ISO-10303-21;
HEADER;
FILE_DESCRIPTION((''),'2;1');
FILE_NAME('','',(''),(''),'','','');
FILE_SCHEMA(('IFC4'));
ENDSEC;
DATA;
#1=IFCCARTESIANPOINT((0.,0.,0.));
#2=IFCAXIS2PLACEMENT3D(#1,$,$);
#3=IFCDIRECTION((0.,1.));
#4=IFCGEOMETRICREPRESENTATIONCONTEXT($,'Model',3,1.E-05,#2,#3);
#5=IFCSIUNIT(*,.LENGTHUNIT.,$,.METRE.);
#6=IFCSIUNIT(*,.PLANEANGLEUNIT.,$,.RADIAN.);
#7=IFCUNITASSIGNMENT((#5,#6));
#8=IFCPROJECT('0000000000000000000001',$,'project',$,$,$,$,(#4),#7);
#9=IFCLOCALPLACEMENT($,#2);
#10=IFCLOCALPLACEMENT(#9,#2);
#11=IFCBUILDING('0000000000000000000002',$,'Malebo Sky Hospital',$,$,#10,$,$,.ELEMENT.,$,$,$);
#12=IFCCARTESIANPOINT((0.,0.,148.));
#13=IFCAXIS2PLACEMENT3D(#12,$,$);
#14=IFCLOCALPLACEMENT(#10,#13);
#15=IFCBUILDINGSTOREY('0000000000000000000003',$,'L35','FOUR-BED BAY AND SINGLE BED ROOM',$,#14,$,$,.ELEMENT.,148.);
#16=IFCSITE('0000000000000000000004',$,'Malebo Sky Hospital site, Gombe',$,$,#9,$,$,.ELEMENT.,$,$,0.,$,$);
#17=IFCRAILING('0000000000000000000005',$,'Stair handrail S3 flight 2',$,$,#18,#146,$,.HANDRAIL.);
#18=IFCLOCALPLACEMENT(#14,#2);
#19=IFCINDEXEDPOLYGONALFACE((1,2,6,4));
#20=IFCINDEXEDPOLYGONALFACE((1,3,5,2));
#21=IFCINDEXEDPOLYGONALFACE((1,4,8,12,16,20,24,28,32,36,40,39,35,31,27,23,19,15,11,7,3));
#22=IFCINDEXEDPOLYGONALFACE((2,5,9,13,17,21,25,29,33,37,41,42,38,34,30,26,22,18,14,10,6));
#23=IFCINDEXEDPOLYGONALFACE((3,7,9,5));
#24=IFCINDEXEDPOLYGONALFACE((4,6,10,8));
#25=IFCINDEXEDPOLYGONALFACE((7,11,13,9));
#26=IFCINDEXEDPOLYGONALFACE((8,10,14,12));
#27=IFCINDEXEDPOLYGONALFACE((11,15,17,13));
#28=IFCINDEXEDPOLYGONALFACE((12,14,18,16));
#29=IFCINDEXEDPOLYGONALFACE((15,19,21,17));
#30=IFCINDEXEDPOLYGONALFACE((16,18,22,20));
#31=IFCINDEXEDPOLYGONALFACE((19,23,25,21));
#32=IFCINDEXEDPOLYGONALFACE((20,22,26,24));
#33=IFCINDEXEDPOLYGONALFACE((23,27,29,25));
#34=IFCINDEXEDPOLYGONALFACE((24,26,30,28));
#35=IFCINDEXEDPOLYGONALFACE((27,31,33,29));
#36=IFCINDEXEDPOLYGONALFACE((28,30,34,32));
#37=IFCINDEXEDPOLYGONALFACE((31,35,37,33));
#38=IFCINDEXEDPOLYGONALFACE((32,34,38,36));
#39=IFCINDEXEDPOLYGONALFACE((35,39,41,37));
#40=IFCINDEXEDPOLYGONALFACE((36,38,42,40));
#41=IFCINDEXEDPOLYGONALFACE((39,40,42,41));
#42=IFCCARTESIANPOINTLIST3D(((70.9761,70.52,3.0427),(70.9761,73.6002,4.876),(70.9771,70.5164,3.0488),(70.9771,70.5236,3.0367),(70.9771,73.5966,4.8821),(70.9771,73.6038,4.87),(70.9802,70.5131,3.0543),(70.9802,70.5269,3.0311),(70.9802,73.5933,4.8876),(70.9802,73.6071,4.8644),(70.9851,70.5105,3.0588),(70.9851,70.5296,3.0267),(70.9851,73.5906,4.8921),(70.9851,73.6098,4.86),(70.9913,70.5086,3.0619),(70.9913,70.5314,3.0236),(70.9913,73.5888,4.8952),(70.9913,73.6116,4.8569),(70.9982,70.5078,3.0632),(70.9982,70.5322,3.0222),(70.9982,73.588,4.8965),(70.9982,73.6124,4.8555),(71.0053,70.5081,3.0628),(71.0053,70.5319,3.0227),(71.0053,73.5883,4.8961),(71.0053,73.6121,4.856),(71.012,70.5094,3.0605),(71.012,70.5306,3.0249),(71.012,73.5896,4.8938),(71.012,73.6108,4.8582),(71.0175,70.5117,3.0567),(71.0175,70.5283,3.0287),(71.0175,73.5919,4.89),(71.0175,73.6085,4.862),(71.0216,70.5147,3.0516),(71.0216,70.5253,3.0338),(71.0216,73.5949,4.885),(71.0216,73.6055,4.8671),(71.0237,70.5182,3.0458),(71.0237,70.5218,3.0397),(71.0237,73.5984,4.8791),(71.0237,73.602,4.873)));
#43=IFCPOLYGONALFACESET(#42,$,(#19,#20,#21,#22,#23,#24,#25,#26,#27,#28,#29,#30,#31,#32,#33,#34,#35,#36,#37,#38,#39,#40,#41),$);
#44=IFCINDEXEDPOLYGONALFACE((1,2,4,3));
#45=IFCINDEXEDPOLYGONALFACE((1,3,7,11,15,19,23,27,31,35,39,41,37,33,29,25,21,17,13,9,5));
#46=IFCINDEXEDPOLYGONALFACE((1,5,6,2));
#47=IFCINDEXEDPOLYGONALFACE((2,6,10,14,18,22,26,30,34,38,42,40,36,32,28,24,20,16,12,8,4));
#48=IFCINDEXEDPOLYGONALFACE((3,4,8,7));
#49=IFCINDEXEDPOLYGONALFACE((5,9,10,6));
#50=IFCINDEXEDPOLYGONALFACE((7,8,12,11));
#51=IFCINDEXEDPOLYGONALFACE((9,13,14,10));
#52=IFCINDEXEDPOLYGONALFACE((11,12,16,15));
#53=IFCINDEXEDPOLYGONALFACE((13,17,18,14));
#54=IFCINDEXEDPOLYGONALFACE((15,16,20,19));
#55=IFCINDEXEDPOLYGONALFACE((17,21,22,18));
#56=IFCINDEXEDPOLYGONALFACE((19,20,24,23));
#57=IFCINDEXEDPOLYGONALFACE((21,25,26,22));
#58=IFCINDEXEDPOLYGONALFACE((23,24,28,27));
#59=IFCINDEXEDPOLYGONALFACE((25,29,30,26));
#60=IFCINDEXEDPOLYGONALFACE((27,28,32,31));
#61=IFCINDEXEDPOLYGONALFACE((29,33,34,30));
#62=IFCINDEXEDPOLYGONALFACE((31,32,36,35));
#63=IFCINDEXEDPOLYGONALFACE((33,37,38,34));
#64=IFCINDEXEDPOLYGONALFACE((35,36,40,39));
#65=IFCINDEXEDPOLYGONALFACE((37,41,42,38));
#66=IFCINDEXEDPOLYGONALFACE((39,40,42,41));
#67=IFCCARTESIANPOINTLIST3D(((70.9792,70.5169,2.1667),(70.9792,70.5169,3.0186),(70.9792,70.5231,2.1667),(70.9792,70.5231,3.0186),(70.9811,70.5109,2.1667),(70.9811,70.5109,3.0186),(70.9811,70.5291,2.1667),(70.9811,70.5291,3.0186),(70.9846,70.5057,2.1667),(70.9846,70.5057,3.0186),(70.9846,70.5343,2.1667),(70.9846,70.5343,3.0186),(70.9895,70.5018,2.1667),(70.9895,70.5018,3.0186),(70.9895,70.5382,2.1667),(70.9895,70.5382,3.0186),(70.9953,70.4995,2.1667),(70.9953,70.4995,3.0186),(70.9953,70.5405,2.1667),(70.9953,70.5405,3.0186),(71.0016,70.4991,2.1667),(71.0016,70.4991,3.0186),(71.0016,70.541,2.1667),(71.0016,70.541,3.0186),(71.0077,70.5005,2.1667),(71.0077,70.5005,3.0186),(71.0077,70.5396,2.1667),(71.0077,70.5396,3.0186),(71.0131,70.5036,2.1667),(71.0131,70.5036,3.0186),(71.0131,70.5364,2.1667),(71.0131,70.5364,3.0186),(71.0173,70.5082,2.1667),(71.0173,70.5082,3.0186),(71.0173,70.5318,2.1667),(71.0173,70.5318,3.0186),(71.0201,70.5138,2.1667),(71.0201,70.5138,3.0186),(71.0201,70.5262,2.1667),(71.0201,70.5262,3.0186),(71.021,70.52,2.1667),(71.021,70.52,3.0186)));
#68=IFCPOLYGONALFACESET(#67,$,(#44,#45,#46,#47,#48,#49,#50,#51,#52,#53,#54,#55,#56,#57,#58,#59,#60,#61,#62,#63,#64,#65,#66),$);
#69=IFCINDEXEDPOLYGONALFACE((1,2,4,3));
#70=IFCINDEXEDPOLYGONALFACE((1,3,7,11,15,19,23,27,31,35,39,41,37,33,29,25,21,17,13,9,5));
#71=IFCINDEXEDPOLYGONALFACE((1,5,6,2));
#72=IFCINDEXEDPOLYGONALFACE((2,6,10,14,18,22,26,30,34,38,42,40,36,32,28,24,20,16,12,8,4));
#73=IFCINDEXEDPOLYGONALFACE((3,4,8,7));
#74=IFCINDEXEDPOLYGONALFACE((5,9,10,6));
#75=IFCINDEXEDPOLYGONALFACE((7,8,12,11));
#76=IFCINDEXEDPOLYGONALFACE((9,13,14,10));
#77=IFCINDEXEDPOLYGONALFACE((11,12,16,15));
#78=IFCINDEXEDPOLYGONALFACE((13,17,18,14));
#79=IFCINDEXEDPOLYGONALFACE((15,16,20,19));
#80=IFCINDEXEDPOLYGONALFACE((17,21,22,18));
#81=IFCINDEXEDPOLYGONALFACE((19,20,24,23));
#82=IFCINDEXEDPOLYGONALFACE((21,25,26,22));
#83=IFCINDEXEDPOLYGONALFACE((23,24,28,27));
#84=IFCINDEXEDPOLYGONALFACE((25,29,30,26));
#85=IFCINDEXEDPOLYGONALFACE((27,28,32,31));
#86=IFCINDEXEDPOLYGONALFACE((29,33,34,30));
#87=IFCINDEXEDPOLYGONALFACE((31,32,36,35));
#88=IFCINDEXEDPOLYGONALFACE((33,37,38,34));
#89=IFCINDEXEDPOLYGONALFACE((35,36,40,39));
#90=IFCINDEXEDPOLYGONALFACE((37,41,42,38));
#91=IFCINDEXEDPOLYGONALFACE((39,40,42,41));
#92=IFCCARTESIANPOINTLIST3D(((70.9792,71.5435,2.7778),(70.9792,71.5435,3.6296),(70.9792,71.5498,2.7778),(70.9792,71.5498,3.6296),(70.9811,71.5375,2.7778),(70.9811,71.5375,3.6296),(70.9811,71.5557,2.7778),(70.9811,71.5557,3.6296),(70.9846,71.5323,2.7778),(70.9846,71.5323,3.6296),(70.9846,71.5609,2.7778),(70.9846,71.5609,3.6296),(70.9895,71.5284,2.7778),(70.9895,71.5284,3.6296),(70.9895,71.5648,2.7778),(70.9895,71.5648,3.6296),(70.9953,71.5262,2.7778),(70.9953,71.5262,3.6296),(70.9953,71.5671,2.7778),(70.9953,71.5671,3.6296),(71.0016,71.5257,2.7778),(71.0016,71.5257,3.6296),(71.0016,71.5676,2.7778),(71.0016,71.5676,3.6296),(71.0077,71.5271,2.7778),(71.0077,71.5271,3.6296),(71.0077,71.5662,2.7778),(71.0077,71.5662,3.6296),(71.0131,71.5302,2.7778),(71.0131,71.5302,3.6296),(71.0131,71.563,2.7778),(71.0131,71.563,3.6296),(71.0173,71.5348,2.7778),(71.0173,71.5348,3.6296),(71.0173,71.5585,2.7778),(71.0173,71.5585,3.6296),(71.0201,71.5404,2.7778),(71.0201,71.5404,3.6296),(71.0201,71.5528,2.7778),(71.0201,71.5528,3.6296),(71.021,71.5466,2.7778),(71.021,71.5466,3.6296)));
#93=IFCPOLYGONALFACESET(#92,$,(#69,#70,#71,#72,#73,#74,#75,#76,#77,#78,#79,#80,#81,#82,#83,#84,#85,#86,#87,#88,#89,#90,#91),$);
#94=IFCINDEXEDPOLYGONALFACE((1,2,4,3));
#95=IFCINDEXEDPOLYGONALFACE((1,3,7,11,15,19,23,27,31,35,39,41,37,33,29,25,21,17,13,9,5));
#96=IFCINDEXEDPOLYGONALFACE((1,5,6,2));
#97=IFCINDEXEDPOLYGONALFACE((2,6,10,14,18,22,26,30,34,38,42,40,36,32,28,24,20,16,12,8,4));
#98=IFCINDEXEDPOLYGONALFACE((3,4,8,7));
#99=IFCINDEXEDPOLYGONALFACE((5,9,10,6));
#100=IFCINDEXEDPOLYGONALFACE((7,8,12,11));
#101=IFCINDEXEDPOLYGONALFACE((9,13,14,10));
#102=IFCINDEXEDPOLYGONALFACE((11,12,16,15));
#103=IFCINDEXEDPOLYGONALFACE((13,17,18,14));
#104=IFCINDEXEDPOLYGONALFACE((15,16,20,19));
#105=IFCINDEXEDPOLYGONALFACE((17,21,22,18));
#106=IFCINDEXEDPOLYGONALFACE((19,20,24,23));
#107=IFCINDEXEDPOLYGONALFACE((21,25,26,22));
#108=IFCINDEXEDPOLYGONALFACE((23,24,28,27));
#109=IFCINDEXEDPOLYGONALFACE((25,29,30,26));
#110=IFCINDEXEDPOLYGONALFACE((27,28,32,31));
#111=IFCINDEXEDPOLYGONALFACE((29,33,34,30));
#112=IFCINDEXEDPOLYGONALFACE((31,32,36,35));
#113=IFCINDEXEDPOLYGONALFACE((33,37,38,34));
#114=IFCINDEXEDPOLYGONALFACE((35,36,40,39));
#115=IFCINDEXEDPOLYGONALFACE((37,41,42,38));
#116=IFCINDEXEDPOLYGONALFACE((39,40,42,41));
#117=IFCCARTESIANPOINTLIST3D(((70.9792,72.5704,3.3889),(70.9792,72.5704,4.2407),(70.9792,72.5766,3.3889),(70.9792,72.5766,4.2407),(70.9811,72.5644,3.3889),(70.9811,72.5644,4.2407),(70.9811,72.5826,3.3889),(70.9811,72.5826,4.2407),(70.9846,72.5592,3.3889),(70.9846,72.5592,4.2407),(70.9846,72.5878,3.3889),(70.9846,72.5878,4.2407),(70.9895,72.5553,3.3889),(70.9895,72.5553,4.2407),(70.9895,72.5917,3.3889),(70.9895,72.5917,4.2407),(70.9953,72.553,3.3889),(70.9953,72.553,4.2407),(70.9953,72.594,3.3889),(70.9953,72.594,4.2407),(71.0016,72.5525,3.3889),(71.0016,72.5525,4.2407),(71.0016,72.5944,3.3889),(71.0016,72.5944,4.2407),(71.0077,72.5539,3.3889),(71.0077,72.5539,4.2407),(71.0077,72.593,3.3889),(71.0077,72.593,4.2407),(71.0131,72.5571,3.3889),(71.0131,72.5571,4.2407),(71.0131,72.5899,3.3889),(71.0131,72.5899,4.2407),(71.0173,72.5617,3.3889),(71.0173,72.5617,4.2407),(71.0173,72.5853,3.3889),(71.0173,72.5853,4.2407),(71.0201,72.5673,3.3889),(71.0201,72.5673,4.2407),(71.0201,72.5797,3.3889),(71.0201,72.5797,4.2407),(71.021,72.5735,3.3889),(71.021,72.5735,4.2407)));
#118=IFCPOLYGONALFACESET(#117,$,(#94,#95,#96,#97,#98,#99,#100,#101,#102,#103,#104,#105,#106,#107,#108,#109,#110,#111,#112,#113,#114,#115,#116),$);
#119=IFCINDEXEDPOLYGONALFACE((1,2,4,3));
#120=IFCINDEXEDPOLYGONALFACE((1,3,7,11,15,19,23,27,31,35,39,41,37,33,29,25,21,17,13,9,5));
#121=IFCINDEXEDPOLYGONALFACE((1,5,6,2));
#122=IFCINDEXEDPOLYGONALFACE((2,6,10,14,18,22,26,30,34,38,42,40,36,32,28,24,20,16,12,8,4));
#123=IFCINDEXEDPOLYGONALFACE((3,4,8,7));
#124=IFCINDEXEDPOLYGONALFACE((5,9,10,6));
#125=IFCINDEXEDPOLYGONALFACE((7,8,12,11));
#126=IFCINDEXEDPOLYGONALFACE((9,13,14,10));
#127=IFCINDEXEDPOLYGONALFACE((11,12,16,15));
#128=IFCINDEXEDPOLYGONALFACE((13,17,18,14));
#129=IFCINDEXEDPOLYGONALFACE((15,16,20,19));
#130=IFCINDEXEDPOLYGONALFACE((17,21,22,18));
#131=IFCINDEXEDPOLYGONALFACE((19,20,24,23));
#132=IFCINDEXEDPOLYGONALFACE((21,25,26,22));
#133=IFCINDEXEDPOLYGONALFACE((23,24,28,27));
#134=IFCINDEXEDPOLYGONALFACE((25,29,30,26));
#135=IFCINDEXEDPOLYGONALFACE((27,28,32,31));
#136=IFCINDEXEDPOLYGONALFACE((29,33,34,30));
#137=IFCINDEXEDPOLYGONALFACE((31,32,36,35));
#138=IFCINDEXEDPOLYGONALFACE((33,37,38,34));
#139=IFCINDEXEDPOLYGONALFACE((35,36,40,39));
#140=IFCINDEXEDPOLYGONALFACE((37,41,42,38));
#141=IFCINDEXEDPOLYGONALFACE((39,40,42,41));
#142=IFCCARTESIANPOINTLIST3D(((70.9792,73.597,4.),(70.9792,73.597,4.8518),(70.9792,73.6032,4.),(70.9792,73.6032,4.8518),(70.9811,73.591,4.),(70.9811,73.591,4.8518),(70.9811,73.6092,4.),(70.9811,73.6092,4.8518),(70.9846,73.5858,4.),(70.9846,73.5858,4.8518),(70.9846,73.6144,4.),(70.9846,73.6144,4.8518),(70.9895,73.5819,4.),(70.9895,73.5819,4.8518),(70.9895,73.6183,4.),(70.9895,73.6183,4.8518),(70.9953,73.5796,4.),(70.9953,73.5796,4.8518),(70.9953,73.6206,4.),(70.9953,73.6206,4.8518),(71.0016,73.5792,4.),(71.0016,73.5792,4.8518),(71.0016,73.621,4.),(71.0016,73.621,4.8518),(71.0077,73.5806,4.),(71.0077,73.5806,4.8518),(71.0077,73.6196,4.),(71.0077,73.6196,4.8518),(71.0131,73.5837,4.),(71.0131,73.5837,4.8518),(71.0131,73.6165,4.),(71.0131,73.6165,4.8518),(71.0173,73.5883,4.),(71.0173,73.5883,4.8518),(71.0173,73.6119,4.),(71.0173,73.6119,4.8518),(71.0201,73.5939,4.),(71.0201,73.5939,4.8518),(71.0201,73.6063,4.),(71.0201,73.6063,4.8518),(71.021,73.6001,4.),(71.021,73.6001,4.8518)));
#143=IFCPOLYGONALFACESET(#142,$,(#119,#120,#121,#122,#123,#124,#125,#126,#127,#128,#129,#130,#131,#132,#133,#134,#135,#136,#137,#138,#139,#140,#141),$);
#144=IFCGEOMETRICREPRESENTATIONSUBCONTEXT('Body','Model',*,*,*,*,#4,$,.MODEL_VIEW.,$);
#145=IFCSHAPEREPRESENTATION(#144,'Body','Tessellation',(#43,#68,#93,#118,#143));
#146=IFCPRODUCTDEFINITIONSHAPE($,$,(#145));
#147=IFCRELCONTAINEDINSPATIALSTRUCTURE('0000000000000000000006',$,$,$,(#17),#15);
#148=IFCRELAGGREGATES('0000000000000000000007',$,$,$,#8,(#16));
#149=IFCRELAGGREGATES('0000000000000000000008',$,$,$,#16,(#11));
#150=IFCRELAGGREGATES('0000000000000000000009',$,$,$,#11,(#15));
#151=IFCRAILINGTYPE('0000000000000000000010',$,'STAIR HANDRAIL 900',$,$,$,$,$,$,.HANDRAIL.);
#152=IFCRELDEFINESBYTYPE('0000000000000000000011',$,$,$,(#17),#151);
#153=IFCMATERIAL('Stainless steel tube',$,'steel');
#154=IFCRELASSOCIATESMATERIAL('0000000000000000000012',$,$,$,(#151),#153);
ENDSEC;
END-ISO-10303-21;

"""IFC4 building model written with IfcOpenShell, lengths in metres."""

from ifc_helpers import new_model, si_unit, direction, frame, origin, origin_2d, place, context, subcontext, project, spatial, circle, extrude, material, type_object, element, save


model = new_model("IFC4")

# Units and contexts
model_context = context("Model", 3, precision=1e-05, world=origin(), true_north=direction((0.0, 1.0)))
body_context = subcontext(model_context, "Body", "Model", "MODEL_VIEW")
ifc_project = project(units=[si_unit("LENGTHUNIT", "METRE"), si_unit("PLANEANGLEUNIT", "RADIAN")], contexts=[model_context])

# Site, building, storey
site_placement = place(None, origin())
site = spatial("IfcSite", under=ifc_project, at=site_placement, Name="Malebo Sky Hospital site, Gombe", CompositionType="ELEMENT", RefElevation=0.0)
building_placement = place(site_placement, origin())
building = spatial("IfcBuilding", under=site, at=building_placement, Name="Malebo Sky Hospital", CompositionType="ELEMENT")
storey_placement = place(building_placement, frame((0.0, 0.0, 148.0)))
storey = spatial("IfcBuildingStorey", under=building, at=storey_placement, Name="L35", Description="FOUR-BED BAY AND SINGLE BED ROOM", CompositionType="ELEMENT", Elevation=148.0)

# Railing
ifc_material_1 = material(Name="Stainless steel tube", Category="steel")
railing_type = type_object("IfcRailingType", Name="STAIR HANDRAIL 900", PredefinedType="HANDRAIL", material=ifc_material_1)
railing_1_placement = place(storey_placement, frame((71.0, 70.52, 2.1667)))
element("IfcRailing", 1, at=railing_1_placement, inside=storey, type_object=railing_type, Name="Stair handrail S3 flight 2", PredefinedType="HANDRAIL", context=body_context, shape_type="SweptSolid", body=[
    extrude(circle(Radius=0.0239, at=origin_2d()), frame((0.0, 0.0, 0.876), z_axis=(0.0, 0.859309, 0.511458), x_axis=(-1.0, 0.0, 0.0)), (0.0, 0.0, 1.0), 3.5845),
    extrude(circle(Radius=0.021, at=origin_2d()), origin(), (0.0, 0.0, 1.0), 0.8518),
    extrude(circle(Radius=0.021, at=origin_2d()), frame((0.0, 1.0266, 0.6111)), (0.0, 0.0, 1.0), 0.8518),
    extrude(circle(Radius=0.021, at=origin_2d()), frame((0.0, 2.0535, 1.2222)), (0.0, 0.0, 1.0), 0.8518),
    extrude(circle(Radius=0.021, at=origin_2d()), frame((0.0, 3.0801, 1.8333)), (0.0, 0.0, 1.0), 0.8518),
])

save(model, "model.ifc")
